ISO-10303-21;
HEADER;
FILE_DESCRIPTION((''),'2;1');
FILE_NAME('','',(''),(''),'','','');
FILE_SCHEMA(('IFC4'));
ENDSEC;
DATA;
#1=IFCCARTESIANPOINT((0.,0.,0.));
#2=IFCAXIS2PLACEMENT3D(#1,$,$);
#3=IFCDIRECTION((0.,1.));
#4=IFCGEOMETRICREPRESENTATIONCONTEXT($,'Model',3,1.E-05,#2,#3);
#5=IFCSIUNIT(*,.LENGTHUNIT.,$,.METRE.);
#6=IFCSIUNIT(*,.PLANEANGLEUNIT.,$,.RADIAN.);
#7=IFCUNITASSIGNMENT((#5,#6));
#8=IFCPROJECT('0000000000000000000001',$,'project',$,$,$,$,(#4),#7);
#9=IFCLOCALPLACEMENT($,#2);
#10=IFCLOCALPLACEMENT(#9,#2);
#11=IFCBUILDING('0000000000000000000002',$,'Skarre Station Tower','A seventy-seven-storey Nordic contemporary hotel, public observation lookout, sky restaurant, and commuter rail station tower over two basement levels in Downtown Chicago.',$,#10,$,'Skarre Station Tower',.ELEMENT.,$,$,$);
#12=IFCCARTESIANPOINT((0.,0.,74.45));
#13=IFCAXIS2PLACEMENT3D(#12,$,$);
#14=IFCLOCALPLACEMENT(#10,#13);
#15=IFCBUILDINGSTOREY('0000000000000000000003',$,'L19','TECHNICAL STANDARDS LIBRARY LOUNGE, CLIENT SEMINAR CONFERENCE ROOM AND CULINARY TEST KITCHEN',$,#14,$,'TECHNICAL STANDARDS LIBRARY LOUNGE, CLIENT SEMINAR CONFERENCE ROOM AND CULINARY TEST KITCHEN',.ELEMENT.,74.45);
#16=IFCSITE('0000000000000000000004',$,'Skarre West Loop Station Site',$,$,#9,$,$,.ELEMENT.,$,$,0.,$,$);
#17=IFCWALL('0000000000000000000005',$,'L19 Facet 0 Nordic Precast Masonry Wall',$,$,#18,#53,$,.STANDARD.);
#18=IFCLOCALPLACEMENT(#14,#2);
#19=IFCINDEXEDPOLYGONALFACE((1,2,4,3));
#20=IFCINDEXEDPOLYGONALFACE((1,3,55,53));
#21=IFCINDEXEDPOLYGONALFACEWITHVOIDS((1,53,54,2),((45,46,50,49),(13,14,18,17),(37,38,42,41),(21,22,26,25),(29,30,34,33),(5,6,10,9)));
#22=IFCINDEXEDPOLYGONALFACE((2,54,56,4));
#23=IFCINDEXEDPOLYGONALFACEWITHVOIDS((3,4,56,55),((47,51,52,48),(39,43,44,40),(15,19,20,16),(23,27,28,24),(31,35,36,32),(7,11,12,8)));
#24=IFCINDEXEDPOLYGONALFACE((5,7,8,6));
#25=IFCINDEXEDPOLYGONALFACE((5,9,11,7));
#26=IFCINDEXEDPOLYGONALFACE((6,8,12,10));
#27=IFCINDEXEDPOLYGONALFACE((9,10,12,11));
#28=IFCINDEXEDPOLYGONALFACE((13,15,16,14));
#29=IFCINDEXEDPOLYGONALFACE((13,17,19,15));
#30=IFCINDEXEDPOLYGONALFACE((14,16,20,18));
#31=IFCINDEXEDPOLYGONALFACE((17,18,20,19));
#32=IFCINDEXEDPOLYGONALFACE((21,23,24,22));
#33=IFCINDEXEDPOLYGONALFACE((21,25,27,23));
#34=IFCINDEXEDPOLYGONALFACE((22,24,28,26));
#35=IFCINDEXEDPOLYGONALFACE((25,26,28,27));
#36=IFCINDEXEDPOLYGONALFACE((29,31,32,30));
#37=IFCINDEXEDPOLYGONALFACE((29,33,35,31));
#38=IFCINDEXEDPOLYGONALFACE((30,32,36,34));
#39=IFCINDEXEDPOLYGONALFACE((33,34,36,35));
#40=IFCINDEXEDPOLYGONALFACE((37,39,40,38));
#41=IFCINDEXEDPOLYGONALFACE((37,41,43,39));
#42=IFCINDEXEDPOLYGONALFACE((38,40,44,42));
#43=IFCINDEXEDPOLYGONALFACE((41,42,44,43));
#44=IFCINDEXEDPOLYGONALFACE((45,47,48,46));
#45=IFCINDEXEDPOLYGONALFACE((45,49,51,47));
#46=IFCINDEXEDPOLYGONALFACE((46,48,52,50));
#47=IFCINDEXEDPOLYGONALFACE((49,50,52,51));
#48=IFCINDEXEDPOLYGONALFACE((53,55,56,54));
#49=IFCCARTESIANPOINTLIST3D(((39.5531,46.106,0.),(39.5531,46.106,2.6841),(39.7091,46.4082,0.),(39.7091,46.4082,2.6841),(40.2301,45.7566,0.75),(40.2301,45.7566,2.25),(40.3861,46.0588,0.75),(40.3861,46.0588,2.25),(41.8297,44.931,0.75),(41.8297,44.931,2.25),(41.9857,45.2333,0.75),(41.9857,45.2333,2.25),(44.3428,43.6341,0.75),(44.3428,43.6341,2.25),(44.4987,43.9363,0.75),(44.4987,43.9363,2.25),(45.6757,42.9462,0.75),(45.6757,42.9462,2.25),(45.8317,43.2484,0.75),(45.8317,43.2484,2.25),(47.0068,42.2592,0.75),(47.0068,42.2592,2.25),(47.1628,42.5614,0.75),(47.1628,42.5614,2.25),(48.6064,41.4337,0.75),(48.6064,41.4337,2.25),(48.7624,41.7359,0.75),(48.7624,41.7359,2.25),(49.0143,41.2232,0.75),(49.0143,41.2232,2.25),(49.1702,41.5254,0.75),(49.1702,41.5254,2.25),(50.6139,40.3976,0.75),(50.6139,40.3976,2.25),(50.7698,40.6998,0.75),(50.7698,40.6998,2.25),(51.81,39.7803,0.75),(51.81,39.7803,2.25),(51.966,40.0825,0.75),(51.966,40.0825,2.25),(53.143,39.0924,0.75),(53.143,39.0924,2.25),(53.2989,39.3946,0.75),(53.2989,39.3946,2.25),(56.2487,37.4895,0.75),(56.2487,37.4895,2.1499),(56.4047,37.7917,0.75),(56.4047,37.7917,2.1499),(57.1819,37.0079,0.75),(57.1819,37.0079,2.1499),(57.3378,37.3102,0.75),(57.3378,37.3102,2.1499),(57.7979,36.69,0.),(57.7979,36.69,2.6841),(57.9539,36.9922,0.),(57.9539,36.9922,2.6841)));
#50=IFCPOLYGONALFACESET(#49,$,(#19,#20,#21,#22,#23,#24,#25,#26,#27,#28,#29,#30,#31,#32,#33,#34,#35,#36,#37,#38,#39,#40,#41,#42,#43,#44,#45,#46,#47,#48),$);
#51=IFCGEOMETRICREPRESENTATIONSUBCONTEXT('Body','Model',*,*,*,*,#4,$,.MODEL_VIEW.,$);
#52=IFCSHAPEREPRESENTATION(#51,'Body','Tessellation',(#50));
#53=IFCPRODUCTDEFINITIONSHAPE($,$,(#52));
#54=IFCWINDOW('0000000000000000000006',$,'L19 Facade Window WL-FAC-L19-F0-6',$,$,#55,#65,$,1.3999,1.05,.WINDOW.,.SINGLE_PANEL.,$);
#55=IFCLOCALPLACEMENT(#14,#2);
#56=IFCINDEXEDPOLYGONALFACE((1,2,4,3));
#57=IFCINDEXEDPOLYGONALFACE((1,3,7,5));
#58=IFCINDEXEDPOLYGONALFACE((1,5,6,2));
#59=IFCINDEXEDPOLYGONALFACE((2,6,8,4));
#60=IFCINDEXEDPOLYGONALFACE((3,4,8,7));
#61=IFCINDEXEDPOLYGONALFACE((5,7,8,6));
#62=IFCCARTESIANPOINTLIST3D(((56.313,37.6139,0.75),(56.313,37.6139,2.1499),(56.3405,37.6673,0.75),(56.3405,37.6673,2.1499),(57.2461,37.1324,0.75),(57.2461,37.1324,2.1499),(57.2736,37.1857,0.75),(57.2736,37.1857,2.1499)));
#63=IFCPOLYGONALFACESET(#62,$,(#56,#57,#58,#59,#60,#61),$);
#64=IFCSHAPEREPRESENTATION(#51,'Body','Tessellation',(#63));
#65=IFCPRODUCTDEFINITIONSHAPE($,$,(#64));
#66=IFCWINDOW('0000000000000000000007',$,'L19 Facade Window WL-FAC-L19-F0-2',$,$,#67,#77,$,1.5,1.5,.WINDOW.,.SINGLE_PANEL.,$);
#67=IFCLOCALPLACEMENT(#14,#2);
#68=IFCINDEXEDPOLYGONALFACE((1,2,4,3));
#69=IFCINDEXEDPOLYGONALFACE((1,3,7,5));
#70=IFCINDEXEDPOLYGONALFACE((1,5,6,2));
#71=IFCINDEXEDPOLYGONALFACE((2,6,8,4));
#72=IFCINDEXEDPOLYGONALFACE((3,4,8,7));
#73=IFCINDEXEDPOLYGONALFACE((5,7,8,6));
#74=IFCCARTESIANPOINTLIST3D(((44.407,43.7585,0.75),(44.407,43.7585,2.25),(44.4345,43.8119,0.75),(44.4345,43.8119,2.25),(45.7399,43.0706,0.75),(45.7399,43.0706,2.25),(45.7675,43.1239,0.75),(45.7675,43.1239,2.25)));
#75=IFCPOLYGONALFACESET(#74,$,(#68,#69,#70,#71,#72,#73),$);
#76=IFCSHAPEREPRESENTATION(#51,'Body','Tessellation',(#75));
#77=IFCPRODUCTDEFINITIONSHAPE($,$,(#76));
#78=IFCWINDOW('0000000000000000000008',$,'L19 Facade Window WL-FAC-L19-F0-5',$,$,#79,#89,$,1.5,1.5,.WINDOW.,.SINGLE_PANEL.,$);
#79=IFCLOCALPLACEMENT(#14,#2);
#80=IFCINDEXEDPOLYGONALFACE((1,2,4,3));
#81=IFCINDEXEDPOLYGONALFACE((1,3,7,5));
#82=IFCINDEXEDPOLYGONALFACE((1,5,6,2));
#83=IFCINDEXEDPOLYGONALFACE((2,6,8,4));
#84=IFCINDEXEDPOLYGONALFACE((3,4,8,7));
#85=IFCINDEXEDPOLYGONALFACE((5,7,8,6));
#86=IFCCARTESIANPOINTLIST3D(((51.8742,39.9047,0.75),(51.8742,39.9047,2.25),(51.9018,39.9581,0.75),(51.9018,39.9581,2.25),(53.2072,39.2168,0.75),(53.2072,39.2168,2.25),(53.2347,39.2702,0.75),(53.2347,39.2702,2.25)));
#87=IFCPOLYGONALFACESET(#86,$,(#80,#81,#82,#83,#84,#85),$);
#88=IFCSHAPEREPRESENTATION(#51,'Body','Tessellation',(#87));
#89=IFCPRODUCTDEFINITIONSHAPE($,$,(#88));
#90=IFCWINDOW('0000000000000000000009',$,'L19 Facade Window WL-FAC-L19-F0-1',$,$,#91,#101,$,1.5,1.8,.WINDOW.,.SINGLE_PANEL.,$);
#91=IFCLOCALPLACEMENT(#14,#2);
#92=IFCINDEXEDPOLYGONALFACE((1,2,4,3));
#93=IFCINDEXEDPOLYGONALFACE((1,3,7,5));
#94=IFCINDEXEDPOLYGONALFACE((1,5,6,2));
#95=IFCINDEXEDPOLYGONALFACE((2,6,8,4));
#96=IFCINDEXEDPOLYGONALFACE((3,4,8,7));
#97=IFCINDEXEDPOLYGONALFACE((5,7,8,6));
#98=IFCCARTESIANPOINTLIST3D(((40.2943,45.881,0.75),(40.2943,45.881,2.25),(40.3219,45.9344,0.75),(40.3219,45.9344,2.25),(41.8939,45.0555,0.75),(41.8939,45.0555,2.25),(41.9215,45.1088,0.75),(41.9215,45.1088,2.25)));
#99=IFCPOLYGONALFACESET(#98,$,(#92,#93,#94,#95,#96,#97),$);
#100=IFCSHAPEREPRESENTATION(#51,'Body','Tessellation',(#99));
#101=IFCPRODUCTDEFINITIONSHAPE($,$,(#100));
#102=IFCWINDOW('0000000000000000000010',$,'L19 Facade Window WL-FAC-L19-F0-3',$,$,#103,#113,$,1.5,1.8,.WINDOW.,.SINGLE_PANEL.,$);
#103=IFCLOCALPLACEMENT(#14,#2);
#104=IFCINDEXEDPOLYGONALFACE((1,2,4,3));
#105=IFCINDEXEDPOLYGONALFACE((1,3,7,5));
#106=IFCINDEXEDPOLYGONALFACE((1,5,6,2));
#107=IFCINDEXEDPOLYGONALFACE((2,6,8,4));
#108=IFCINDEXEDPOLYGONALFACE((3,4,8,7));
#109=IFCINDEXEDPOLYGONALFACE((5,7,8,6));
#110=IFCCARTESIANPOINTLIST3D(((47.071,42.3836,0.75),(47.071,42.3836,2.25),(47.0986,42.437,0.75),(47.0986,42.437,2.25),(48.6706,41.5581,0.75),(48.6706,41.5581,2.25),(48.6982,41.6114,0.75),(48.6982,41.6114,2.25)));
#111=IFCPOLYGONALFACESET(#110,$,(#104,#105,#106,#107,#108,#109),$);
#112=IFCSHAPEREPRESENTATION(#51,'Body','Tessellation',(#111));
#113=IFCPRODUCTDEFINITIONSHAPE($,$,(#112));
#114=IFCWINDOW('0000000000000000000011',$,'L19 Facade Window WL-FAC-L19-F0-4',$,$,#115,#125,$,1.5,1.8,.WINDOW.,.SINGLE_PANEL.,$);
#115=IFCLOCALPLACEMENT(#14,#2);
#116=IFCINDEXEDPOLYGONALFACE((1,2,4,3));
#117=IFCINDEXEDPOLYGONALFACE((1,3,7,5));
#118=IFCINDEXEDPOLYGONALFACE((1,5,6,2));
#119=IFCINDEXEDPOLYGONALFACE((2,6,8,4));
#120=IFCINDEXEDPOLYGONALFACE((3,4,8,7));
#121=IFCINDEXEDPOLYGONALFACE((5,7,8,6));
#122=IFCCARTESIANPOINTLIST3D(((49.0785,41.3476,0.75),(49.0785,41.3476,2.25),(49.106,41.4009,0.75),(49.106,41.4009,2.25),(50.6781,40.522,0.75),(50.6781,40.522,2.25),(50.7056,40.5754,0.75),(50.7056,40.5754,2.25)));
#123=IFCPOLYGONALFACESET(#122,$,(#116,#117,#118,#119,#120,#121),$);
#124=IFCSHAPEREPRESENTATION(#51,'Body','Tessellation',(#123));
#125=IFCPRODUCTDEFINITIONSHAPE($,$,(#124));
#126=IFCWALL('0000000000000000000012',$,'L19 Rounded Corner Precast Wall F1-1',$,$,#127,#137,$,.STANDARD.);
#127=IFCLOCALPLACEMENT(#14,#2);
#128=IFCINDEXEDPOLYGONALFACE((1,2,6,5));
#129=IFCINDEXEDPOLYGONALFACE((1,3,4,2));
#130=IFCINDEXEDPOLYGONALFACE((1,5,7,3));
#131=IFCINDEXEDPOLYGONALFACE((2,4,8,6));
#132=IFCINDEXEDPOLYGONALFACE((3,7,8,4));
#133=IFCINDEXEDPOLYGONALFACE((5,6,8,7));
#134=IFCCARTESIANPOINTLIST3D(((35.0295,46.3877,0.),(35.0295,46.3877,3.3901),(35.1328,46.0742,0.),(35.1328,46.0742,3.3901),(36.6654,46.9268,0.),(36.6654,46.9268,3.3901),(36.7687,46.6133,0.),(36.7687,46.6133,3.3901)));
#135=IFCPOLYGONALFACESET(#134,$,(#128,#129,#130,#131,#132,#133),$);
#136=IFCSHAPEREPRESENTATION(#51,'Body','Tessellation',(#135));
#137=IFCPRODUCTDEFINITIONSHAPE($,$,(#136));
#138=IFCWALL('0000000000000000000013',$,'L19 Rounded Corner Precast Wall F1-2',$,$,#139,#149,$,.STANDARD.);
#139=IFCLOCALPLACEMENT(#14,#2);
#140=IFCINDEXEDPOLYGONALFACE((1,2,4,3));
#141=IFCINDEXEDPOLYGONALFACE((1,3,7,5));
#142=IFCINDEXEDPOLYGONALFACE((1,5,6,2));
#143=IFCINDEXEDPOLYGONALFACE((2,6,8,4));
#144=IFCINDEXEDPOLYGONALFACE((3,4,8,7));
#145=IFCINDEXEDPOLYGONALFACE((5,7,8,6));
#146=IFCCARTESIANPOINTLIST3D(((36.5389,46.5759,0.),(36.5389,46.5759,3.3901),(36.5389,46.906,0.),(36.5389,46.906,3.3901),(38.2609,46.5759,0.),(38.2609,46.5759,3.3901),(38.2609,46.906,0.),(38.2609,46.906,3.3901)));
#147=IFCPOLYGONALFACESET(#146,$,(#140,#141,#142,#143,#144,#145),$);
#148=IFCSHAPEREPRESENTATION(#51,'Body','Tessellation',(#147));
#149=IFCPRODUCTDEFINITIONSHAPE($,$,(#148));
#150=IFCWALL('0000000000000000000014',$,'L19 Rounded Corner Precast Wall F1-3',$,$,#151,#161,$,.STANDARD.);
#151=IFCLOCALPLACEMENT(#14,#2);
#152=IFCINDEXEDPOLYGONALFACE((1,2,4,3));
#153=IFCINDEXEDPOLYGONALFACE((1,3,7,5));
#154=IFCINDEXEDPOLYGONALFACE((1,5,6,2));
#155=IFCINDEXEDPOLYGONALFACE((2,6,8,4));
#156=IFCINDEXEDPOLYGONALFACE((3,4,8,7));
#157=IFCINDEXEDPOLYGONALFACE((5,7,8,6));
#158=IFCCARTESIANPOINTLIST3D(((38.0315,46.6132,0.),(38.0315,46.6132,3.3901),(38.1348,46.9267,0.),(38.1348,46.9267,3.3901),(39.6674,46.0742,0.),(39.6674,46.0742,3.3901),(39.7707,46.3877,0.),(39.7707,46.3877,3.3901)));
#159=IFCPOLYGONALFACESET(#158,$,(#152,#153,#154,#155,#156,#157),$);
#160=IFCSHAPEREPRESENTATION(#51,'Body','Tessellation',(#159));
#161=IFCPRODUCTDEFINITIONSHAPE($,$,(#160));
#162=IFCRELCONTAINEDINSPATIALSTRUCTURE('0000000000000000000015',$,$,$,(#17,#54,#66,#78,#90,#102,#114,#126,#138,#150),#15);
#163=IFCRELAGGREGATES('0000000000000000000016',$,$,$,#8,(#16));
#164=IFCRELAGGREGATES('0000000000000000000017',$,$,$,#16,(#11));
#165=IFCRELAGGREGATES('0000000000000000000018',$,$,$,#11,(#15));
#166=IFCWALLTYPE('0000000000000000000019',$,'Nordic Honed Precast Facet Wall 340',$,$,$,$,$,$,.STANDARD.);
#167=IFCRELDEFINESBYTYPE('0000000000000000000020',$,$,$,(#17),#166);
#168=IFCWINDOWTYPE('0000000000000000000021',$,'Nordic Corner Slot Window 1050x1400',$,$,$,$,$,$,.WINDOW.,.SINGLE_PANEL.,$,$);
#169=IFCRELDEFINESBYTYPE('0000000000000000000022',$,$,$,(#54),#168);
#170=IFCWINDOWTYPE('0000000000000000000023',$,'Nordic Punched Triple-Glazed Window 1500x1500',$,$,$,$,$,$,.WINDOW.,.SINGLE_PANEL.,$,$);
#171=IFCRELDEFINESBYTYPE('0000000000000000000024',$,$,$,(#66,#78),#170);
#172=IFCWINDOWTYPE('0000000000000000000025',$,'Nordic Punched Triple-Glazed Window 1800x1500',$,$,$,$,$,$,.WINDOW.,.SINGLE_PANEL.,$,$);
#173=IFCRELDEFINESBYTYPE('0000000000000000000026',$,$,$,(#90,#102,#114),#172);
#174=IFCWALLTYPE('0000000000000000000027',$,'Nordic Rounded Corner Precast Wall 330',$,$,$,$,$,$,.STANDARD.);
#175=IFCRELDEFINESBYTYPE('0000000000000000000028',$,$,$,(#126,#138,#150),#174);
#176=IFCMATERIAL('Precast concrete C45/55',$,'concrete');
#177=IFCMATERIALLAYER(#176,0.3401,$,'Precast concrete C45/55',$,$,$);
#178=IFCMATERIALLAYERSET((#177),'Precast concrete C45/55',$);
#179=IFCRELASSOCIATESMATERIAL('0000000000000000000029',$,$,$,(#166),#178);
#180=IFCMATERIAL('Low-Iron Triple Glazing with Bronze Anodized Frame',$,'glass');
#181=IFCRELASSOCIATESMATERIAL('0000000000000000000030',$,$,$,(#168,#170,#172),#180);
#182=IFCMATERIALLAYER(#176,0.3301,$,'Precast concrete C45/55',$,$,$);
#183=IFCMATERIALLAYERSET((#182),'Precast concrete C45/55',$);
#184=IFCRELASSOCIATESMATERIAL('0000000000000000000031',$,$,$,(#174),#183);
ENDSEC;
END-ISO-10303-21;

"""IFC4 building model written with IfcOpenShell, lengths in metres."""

from ifc_helpers import new_model, si_unit, direction, frame, frame_2d, origin, place, context, subcontext, project, spatial, rectangle, extrude, material, layer, layer_set, type_object, element, fill, save


model = new_model("IFC4")

# Units and contexts
model_context = context("Model", 3, precision=1e-05, world=origin(), true_north=direction((0.0, 1.0)))
body_context = subcontext(model_context, "Body", "Model", "MODEL_VIEW")
ifc_project = project(units=[si_unit("LENGTHUNIT", "METRE"), si_unit("PLANEANGLEUNIT", "RADIAN")], contexts=[model_context])

# Site, building, storey
site_placement = place(None, origin())
site = spatial("IfcSite", under=ifc_project, at=site_placement, Name="Skarre West Loop Station Site", CompositionType="ELEMENT", RefElevation=0.0)
building_placement = place(site_placement, origin())
building = spatial("IfcBuilding", under=site, at=building_placement, Name="Skarre Station Tower", Description="A seventy-seven-storey Nordic contemporary hotel, public observation lookout, sky restaurant, and commuter rail station tower over two basement levels in Downtown Chicago.", LongName="Skarre Station Tower", CompositionType="ELEMENT")
storey_placement = place(building_placement, frame((0.0, 0.0, 74.45)))
storey = spatial("IfcBuildingStorey", under=building, at=storey_placement, Name="L19", Description="TECHNICAL STANDARDS LIBRARY LOUNGE, CLIENT SEMINAR CONFERENCE ROOM AND CULINARY TEST KITCHEN", LongName="TECHNICAL STANDARDS LIBRARY LOUNGE, CLIENT SEMINAR CONFERENCE ROOM AND CULINARY TEST KITCHEN", CompositionType="ELEMENT", Elevation=74.45)

# Wall, openings, windows
ifc_material_1 = material(Name="Precast concrete C45/55", Category="concrete")
ifc_layer_1 = layer(ifc_material_1, 0.3401, Name="Precast concrete C45/55")
ifc_layer_set_1 = layer_set([ifc_layer_1], Name="Precast concrete C45/55")
wall_type_1 = type_object("IfcWallType", Name="Nordic Honed Precast Facet Wall 340", PredefinedType="STANDARD", material=ifc_layer_set_1)
wall_1_placement = place(storey_placement, frame((39.6311, 46.2571, 0.0), z_axis=(0.0, 0.0, 1.0), x_axis=(0.888634, -0.458616, 0.0)))
wall_1 = element("IfcWall", 1, at=wall_1_placement, inside=storey, type_object=wall_type_1, Name="L19 Facet 0 Nordic Precast Masonry Wall", PredefinedType="STANDARD", context=body_context, shape_type="SweptSolid", body=[
    extrude(rectangle(XDim=20.5312, YDim=0.3401, at=frame_2d((10.2656, 0.0))), origin(), (0.0, 0.0, 1.0), 2.6841),
])
opening_1_placement = place(wall_1_placement, frame((0.762, 0.0, 0.75)))
opening_1 = element("IfcOpeningElement", 2, at=opening_1_placement, cuts=wall_1, PredefinedType="OPENING", context=body_context, shape_type="SweptSolid", body=[
    extrude(rectangle(XDim=1.8, YDim=1.5, at=frame_2d((0.8999, 0.75))), frame((0.0, 0.1799, 0.0), z_axis=(0.0, -1.0, 0.0), x_axis=(1.0, 0.0, 0.0)), (0.0, 0.0, 1.0), 0.3601),
])
opening_2_placement = place(wall_1_placement, frame((5.3899, 0.0, 0.75)))
opening_2 = element("IfcOpeningElement", 3, at=opening_2_placement, cuts=wall_1, PredefinedType="OPENING", context=body_context, shape_type="SweptSolid", body=[
    extrude(rectangle(XDim=1.5, YDim=1.5, at=frame_2d((0.75, 0.75))), frame((0.0, 0.1799, 0.0), z_axis=(0.0, -1.0, 0.0), x_axis=(1.0, 0.0, 0.0)), (0.0, 0.0, 1.0), 0.3601),
])
opening_3_placement = place(wall_1_placement, frame((8.3879, 0.0, 0.75)))
opening_3 = element("IfcOpeningElement", 4, at=opening_3_placement, cuts=wall_1, PredefinedType="OPENING", context=body_context, shape_type="SweptSolid", body=[
    extrude(rectangle(XDim=1.8, YDim=1.5, at=frame_2d((0.8999, 0.75))), frame((0.0, 0.1799, 0.0), z_axis=(0.0, -1.0, 0.0), x_axis=(1.0, 0.0, 0.0)), (0.0, 0.0, 1.0), 0.3601),
])
opening_4_placement = place(wall_1_placement, frame((10.647, 0.0, 0.75)))
opening_4 = element("IfcOpeningElement", 5, at=opening_4_placement, cuts=wall_1, PredefinedType="OPENING", context=body_context, shape_type="SweptSolid", body=[
    extrude(rectangle(XDim=1.8, YDim=1.5, at=frame_2d((0.8999, 0.75))), frame((0.0, 0.1799, 0.0), z_axis=(0.0, -1.0, 0.0), x_axis=(1.0, 0.0, 0.0)), (0.0, 0.0, 1.0), 0.3601),
])
opening_5_placement = place(wall_1_placement, frame((13.793, 0.0, 0.75)))
opening_5 = element("IfcOpeningElement", 6, at=opening_5_placement, cuts=wall_1, PredefinedType="OPENING", context=body_context, shape_type="SweptSolid", body=[
    extrude(rectangle(XDim=1.5, YDim=1.5, at=frame_2d((0.75, 0.75))), frame((0.0, 0.1799, 0.0), z_axis=(0.0, -1.0, 0.0), x_axis=(1.0, 0.0, 0.0)), (0.0, 0.0, 1.0), 0.3601),
])
opening_6_placement = place(wall_1_placement, frame((18.7881, 0.0, 0.75)))
opening_6 = element("IfcOpeningElement", 7, at=opening_6_placement, cuts=wall_1, PredefinedType="OPENING", context=body_context, shape_type="SweptSolid", body=[
    extrude(rectangle(XDim=1.05, YDim=1.3999, at=frame_2d((0.5249, 0.7))), frame((0.0, 0.1799, 0.0), z_axis=(0.0, -1.0, 0.0), x_axis=(1.0, 0.0, 0.0)), (0.0, 0.0, 1.0), 0.3601),
])
ifc_material_2 = material(Name="Low-Iron Triple Glazing with Bronze Anodized Frame", Category="glass")
window_type_1 = type_object("IfcWindowType", Name="Nordic Corner Slot Window 1050x1400", PartitioningType="SINGLE_PANEL", PredefinedType="WINDOW", material=ifc_material_2)
window_1_placement = place(opening_6_placement, origin())
window_1 = element("IfcWindow", 8, at=window_1_placement, inside=storey, type_object=window_type_1, Name="L19 Facade Window WL-FAC-L19-F0-6", OverallHeight=1.3999, OverallWidth=1.05, PartitioningType="SINGLE_PANEL", PredefinedType="WINDOW", context=body_context, shape_type="SweptSolid", body=[
    extrude(rectangle(XDim=1.05, YDim=1.3999, at=frame_2d((0.5249, 0.7))), frame((0.0, 0.03, 0.0), z_axis=(0.0, -1.0, 0.0), x_axis=(1.0, 0.0, 0.0)), (0.0, 0.0, 1.0), 0.0601),
])
fill(opening_6, window_1)
window_type_2 = type_object("IfcWindowType", Name="Nordic Punched Triple-Glazed Window 1500x1500", PartitioningType="SINGLE_PANEL", PredefinedType="WINDOW", material=ifc_material_2)
window_2_placement = place(opening_2_placement, origin())
window_2 = element("IfcWindow", 9, at=window_2_placement, inside=storey, type_object=window_type_2, Name="L19 Facade Window WL-FAC-L19-F0-2", OverallHeight=1.5, OverallWidth=1.5, PartitioningType="SINGLE_PANEL", PredefinedType="WINDOW", context=body_context, shape_type="SweptSolid", body=[
    extrude(rectangle(XDim=1.5, YDim=1.5, at=frame_2d((0.75, 0.75))), frame((0.0, 0.03, 0.0), z_axis=(0.0, -1.0, 0.0), x_axis=(1.0, 0.0, 0.0)), (0.0, 0.0, 1.0), 0.0601),
])
fill(opening_2, window_2)
window_3_placement = place(opening_5_placement, origin())
window_3 = element("IfcWindow", 10, at=window_3_placement, inside=storey, type_object=window_type_2, Name="L19 Facade Window WL-FAC-L19-F0-5", OverallHeight=1.5, OverallWidth=1.5, PartitioningType="SINGLE_PANEL", PredefinedType="WINDOW", context=body_context, shape_type="SweptSolid", body=[
    extrude(rectangle(XDim=1.5, YDim=1.5, at=frame_2d((0.75, 0.75))), frame((0.0, 0.03, 0.0), z_axis=(0.0, -1.0, 0.0), x_axis=(1.0, 0.0, 0.0)), (0.0, 0.0, 1.0), 0.0601),
])
fill(opening_5, window_3)
window_type_3 = type_object("IfcWindowType", Name="Nordic Punched Triple-Glazed Window 1800x1500", PartitioningType="SINGLE_PANEL", PredefinedType="WINDOW", material=ifc_material_2)
window_4_placement = place(opening_1_placement, origin())
window_4 = element("IfcWindow", 11, at=window_4_placement, inside=storey, type_object=window_type_3, Name="L19 Facade Window WL-FAC-L19-F0-1", OverallHeight=1.5, OverallWidth=1.8, PartitioningType="SINGLE_PANEL", PredefinedType="WINDOW", context=body_context, shape_type="SweptSolid", body=[
    extrude(rectangle(XDim=1.8, YDim=1.5, at=frame_2d((0.8999, 0.75))), frame((0.0, 0.03, 0.0), z_axis=(0.0, -1.0, 0.0), x_axis=(1.0, 0.0, 0.0)), (0.0, 0.0, 1.0), 0.0601),
])
fill(opening_1, window_4)
window_5_placement = place(opening_3_placement, origin())
window_5 = element("IfcWindow", 12, at=window_5_placement, inside=storey, type_object=window_type_3, Name="L19 Facade Window WL-FAC-L19-F0-3", OverallHeight=1.5, OverallWidth=1.8, PartitioningType="SINGLE_PANEL", PredefinedType="WINDOW", context=body_context, shape_type="SweptSolid", body=[
    extrude(rectangle(XDim=1.8, YDim=1.5, at=frame_2d((0.8999, 0.75))), frame((0.0, 0.03, 0.0), z_axis=(0.0, -1.0, 0.0), x_axis=(1.0, 0.0, 0.0)), (0.0, 0.0, 1.0), 0.0601),
])
fill(opening_3, window_5)
window_6_placement = place(opening_4_placement, origin())
window_6 = element("IfcWindow", 13, at=window_6_placement, inside=storey, type_object=window_type_3, Name="L19 Facade Window WL-FAC-L19-F0-4", OverallHeight=1.5, OverallWidth=1.8, PartitioningType="SINGLE_PANEL", PredefinedType="WINDOW", context=body_context, shape_type="SweptSolid", body=[
    extrude(rectangle(XDim=1.8, YDim=1.5, at=frame_2d((0.8999, 0.75))), frame((0.0, 0.03, 0.0), z_axis=(0.0, -1.0, 0.0), x_axis=(1.0, 0.0, 0.0)), (0.0, 0.0, 1.0), 0.0601),
])
fill(opening_4, window_6)

# Walls
ifc_layer_2 = layer(ifc_material_1, 0.3301, Name="Precast concrete C45/55")
ifc_layer_set_2 = layer_set([ifc_layer_2], Name="Precast concrete C45/55")
wall_type_2 = type_object("IfcWallType", Name="Nordic Rounded Corner Precast Wall 330", PredefinedType="STANDARD", material=ifc_layer_set_2)
wall_2_placement = place(storey_placement, frame((35.0811, 46.231, 0.0), z_axis=(0.0, 0.0, 1.0), x_axis=(0.949769, 0.312952, 0.0)))
element("IfcWall", 14, at=wall_2_placement, inside=storey, type_object=wall_type_2, Name="L19 Rounded Corner Precast Wall F1-1", PredefinedType="STANDARD", context=body_context, shape_type="SweptSolid", body=[
    extrude(rectangle(XDim=1.7224, YDim=0.3301, at=frame_2d((0.8613, 0.0))), origin(), (0.0, 0.0, 1.0), 3.3901),
])
wall_3_placement = place(storey_placement, frame((36.5391, 46.741, 0.0), z_axis=(0.0, 0.0, 1.0), x_axis=(1.0, 0.0, 0.0)))
element("IfcWall", 15, at=wall_3_placement, inside=storey, type_object=wall_type_2, Name="L19 Rounded Corner Precast Wall F1-2", PredefinedType="STANDARD", context=body_context, shape_type="SweptSolid", body=[
    extrude(rectangle(XDim=1.7219, YDim=0.3301, at=frame_2d((0.8608, 0.0))), origin(), (0.0, 0.0, 1.0), 3.3901),
])
wall_4_placement = place(storey_placement, frame((38.083, 46.77, 0.0), z_axis=(0.0, 0.0, 1.0), x_axis=(0.949769, -0.312952, 0.0)))
element("IfcWall", 16, at=wall_4_placement, inside=storey, type_object=wall_type_2, Name="L19 Rounded Corner Precast Wall F1-3", PredefinedType="STANDARD", context=body_context, shape_type="SweptSolid", body=[
    extrude(rectangle(XDim=1.7224, YDim=0.3301, at=frame_2d((0.8613, 0.0))), origin(), (0.0, 0.0, 1.0), 3.3901),
])

save(model, "model.ifc")
